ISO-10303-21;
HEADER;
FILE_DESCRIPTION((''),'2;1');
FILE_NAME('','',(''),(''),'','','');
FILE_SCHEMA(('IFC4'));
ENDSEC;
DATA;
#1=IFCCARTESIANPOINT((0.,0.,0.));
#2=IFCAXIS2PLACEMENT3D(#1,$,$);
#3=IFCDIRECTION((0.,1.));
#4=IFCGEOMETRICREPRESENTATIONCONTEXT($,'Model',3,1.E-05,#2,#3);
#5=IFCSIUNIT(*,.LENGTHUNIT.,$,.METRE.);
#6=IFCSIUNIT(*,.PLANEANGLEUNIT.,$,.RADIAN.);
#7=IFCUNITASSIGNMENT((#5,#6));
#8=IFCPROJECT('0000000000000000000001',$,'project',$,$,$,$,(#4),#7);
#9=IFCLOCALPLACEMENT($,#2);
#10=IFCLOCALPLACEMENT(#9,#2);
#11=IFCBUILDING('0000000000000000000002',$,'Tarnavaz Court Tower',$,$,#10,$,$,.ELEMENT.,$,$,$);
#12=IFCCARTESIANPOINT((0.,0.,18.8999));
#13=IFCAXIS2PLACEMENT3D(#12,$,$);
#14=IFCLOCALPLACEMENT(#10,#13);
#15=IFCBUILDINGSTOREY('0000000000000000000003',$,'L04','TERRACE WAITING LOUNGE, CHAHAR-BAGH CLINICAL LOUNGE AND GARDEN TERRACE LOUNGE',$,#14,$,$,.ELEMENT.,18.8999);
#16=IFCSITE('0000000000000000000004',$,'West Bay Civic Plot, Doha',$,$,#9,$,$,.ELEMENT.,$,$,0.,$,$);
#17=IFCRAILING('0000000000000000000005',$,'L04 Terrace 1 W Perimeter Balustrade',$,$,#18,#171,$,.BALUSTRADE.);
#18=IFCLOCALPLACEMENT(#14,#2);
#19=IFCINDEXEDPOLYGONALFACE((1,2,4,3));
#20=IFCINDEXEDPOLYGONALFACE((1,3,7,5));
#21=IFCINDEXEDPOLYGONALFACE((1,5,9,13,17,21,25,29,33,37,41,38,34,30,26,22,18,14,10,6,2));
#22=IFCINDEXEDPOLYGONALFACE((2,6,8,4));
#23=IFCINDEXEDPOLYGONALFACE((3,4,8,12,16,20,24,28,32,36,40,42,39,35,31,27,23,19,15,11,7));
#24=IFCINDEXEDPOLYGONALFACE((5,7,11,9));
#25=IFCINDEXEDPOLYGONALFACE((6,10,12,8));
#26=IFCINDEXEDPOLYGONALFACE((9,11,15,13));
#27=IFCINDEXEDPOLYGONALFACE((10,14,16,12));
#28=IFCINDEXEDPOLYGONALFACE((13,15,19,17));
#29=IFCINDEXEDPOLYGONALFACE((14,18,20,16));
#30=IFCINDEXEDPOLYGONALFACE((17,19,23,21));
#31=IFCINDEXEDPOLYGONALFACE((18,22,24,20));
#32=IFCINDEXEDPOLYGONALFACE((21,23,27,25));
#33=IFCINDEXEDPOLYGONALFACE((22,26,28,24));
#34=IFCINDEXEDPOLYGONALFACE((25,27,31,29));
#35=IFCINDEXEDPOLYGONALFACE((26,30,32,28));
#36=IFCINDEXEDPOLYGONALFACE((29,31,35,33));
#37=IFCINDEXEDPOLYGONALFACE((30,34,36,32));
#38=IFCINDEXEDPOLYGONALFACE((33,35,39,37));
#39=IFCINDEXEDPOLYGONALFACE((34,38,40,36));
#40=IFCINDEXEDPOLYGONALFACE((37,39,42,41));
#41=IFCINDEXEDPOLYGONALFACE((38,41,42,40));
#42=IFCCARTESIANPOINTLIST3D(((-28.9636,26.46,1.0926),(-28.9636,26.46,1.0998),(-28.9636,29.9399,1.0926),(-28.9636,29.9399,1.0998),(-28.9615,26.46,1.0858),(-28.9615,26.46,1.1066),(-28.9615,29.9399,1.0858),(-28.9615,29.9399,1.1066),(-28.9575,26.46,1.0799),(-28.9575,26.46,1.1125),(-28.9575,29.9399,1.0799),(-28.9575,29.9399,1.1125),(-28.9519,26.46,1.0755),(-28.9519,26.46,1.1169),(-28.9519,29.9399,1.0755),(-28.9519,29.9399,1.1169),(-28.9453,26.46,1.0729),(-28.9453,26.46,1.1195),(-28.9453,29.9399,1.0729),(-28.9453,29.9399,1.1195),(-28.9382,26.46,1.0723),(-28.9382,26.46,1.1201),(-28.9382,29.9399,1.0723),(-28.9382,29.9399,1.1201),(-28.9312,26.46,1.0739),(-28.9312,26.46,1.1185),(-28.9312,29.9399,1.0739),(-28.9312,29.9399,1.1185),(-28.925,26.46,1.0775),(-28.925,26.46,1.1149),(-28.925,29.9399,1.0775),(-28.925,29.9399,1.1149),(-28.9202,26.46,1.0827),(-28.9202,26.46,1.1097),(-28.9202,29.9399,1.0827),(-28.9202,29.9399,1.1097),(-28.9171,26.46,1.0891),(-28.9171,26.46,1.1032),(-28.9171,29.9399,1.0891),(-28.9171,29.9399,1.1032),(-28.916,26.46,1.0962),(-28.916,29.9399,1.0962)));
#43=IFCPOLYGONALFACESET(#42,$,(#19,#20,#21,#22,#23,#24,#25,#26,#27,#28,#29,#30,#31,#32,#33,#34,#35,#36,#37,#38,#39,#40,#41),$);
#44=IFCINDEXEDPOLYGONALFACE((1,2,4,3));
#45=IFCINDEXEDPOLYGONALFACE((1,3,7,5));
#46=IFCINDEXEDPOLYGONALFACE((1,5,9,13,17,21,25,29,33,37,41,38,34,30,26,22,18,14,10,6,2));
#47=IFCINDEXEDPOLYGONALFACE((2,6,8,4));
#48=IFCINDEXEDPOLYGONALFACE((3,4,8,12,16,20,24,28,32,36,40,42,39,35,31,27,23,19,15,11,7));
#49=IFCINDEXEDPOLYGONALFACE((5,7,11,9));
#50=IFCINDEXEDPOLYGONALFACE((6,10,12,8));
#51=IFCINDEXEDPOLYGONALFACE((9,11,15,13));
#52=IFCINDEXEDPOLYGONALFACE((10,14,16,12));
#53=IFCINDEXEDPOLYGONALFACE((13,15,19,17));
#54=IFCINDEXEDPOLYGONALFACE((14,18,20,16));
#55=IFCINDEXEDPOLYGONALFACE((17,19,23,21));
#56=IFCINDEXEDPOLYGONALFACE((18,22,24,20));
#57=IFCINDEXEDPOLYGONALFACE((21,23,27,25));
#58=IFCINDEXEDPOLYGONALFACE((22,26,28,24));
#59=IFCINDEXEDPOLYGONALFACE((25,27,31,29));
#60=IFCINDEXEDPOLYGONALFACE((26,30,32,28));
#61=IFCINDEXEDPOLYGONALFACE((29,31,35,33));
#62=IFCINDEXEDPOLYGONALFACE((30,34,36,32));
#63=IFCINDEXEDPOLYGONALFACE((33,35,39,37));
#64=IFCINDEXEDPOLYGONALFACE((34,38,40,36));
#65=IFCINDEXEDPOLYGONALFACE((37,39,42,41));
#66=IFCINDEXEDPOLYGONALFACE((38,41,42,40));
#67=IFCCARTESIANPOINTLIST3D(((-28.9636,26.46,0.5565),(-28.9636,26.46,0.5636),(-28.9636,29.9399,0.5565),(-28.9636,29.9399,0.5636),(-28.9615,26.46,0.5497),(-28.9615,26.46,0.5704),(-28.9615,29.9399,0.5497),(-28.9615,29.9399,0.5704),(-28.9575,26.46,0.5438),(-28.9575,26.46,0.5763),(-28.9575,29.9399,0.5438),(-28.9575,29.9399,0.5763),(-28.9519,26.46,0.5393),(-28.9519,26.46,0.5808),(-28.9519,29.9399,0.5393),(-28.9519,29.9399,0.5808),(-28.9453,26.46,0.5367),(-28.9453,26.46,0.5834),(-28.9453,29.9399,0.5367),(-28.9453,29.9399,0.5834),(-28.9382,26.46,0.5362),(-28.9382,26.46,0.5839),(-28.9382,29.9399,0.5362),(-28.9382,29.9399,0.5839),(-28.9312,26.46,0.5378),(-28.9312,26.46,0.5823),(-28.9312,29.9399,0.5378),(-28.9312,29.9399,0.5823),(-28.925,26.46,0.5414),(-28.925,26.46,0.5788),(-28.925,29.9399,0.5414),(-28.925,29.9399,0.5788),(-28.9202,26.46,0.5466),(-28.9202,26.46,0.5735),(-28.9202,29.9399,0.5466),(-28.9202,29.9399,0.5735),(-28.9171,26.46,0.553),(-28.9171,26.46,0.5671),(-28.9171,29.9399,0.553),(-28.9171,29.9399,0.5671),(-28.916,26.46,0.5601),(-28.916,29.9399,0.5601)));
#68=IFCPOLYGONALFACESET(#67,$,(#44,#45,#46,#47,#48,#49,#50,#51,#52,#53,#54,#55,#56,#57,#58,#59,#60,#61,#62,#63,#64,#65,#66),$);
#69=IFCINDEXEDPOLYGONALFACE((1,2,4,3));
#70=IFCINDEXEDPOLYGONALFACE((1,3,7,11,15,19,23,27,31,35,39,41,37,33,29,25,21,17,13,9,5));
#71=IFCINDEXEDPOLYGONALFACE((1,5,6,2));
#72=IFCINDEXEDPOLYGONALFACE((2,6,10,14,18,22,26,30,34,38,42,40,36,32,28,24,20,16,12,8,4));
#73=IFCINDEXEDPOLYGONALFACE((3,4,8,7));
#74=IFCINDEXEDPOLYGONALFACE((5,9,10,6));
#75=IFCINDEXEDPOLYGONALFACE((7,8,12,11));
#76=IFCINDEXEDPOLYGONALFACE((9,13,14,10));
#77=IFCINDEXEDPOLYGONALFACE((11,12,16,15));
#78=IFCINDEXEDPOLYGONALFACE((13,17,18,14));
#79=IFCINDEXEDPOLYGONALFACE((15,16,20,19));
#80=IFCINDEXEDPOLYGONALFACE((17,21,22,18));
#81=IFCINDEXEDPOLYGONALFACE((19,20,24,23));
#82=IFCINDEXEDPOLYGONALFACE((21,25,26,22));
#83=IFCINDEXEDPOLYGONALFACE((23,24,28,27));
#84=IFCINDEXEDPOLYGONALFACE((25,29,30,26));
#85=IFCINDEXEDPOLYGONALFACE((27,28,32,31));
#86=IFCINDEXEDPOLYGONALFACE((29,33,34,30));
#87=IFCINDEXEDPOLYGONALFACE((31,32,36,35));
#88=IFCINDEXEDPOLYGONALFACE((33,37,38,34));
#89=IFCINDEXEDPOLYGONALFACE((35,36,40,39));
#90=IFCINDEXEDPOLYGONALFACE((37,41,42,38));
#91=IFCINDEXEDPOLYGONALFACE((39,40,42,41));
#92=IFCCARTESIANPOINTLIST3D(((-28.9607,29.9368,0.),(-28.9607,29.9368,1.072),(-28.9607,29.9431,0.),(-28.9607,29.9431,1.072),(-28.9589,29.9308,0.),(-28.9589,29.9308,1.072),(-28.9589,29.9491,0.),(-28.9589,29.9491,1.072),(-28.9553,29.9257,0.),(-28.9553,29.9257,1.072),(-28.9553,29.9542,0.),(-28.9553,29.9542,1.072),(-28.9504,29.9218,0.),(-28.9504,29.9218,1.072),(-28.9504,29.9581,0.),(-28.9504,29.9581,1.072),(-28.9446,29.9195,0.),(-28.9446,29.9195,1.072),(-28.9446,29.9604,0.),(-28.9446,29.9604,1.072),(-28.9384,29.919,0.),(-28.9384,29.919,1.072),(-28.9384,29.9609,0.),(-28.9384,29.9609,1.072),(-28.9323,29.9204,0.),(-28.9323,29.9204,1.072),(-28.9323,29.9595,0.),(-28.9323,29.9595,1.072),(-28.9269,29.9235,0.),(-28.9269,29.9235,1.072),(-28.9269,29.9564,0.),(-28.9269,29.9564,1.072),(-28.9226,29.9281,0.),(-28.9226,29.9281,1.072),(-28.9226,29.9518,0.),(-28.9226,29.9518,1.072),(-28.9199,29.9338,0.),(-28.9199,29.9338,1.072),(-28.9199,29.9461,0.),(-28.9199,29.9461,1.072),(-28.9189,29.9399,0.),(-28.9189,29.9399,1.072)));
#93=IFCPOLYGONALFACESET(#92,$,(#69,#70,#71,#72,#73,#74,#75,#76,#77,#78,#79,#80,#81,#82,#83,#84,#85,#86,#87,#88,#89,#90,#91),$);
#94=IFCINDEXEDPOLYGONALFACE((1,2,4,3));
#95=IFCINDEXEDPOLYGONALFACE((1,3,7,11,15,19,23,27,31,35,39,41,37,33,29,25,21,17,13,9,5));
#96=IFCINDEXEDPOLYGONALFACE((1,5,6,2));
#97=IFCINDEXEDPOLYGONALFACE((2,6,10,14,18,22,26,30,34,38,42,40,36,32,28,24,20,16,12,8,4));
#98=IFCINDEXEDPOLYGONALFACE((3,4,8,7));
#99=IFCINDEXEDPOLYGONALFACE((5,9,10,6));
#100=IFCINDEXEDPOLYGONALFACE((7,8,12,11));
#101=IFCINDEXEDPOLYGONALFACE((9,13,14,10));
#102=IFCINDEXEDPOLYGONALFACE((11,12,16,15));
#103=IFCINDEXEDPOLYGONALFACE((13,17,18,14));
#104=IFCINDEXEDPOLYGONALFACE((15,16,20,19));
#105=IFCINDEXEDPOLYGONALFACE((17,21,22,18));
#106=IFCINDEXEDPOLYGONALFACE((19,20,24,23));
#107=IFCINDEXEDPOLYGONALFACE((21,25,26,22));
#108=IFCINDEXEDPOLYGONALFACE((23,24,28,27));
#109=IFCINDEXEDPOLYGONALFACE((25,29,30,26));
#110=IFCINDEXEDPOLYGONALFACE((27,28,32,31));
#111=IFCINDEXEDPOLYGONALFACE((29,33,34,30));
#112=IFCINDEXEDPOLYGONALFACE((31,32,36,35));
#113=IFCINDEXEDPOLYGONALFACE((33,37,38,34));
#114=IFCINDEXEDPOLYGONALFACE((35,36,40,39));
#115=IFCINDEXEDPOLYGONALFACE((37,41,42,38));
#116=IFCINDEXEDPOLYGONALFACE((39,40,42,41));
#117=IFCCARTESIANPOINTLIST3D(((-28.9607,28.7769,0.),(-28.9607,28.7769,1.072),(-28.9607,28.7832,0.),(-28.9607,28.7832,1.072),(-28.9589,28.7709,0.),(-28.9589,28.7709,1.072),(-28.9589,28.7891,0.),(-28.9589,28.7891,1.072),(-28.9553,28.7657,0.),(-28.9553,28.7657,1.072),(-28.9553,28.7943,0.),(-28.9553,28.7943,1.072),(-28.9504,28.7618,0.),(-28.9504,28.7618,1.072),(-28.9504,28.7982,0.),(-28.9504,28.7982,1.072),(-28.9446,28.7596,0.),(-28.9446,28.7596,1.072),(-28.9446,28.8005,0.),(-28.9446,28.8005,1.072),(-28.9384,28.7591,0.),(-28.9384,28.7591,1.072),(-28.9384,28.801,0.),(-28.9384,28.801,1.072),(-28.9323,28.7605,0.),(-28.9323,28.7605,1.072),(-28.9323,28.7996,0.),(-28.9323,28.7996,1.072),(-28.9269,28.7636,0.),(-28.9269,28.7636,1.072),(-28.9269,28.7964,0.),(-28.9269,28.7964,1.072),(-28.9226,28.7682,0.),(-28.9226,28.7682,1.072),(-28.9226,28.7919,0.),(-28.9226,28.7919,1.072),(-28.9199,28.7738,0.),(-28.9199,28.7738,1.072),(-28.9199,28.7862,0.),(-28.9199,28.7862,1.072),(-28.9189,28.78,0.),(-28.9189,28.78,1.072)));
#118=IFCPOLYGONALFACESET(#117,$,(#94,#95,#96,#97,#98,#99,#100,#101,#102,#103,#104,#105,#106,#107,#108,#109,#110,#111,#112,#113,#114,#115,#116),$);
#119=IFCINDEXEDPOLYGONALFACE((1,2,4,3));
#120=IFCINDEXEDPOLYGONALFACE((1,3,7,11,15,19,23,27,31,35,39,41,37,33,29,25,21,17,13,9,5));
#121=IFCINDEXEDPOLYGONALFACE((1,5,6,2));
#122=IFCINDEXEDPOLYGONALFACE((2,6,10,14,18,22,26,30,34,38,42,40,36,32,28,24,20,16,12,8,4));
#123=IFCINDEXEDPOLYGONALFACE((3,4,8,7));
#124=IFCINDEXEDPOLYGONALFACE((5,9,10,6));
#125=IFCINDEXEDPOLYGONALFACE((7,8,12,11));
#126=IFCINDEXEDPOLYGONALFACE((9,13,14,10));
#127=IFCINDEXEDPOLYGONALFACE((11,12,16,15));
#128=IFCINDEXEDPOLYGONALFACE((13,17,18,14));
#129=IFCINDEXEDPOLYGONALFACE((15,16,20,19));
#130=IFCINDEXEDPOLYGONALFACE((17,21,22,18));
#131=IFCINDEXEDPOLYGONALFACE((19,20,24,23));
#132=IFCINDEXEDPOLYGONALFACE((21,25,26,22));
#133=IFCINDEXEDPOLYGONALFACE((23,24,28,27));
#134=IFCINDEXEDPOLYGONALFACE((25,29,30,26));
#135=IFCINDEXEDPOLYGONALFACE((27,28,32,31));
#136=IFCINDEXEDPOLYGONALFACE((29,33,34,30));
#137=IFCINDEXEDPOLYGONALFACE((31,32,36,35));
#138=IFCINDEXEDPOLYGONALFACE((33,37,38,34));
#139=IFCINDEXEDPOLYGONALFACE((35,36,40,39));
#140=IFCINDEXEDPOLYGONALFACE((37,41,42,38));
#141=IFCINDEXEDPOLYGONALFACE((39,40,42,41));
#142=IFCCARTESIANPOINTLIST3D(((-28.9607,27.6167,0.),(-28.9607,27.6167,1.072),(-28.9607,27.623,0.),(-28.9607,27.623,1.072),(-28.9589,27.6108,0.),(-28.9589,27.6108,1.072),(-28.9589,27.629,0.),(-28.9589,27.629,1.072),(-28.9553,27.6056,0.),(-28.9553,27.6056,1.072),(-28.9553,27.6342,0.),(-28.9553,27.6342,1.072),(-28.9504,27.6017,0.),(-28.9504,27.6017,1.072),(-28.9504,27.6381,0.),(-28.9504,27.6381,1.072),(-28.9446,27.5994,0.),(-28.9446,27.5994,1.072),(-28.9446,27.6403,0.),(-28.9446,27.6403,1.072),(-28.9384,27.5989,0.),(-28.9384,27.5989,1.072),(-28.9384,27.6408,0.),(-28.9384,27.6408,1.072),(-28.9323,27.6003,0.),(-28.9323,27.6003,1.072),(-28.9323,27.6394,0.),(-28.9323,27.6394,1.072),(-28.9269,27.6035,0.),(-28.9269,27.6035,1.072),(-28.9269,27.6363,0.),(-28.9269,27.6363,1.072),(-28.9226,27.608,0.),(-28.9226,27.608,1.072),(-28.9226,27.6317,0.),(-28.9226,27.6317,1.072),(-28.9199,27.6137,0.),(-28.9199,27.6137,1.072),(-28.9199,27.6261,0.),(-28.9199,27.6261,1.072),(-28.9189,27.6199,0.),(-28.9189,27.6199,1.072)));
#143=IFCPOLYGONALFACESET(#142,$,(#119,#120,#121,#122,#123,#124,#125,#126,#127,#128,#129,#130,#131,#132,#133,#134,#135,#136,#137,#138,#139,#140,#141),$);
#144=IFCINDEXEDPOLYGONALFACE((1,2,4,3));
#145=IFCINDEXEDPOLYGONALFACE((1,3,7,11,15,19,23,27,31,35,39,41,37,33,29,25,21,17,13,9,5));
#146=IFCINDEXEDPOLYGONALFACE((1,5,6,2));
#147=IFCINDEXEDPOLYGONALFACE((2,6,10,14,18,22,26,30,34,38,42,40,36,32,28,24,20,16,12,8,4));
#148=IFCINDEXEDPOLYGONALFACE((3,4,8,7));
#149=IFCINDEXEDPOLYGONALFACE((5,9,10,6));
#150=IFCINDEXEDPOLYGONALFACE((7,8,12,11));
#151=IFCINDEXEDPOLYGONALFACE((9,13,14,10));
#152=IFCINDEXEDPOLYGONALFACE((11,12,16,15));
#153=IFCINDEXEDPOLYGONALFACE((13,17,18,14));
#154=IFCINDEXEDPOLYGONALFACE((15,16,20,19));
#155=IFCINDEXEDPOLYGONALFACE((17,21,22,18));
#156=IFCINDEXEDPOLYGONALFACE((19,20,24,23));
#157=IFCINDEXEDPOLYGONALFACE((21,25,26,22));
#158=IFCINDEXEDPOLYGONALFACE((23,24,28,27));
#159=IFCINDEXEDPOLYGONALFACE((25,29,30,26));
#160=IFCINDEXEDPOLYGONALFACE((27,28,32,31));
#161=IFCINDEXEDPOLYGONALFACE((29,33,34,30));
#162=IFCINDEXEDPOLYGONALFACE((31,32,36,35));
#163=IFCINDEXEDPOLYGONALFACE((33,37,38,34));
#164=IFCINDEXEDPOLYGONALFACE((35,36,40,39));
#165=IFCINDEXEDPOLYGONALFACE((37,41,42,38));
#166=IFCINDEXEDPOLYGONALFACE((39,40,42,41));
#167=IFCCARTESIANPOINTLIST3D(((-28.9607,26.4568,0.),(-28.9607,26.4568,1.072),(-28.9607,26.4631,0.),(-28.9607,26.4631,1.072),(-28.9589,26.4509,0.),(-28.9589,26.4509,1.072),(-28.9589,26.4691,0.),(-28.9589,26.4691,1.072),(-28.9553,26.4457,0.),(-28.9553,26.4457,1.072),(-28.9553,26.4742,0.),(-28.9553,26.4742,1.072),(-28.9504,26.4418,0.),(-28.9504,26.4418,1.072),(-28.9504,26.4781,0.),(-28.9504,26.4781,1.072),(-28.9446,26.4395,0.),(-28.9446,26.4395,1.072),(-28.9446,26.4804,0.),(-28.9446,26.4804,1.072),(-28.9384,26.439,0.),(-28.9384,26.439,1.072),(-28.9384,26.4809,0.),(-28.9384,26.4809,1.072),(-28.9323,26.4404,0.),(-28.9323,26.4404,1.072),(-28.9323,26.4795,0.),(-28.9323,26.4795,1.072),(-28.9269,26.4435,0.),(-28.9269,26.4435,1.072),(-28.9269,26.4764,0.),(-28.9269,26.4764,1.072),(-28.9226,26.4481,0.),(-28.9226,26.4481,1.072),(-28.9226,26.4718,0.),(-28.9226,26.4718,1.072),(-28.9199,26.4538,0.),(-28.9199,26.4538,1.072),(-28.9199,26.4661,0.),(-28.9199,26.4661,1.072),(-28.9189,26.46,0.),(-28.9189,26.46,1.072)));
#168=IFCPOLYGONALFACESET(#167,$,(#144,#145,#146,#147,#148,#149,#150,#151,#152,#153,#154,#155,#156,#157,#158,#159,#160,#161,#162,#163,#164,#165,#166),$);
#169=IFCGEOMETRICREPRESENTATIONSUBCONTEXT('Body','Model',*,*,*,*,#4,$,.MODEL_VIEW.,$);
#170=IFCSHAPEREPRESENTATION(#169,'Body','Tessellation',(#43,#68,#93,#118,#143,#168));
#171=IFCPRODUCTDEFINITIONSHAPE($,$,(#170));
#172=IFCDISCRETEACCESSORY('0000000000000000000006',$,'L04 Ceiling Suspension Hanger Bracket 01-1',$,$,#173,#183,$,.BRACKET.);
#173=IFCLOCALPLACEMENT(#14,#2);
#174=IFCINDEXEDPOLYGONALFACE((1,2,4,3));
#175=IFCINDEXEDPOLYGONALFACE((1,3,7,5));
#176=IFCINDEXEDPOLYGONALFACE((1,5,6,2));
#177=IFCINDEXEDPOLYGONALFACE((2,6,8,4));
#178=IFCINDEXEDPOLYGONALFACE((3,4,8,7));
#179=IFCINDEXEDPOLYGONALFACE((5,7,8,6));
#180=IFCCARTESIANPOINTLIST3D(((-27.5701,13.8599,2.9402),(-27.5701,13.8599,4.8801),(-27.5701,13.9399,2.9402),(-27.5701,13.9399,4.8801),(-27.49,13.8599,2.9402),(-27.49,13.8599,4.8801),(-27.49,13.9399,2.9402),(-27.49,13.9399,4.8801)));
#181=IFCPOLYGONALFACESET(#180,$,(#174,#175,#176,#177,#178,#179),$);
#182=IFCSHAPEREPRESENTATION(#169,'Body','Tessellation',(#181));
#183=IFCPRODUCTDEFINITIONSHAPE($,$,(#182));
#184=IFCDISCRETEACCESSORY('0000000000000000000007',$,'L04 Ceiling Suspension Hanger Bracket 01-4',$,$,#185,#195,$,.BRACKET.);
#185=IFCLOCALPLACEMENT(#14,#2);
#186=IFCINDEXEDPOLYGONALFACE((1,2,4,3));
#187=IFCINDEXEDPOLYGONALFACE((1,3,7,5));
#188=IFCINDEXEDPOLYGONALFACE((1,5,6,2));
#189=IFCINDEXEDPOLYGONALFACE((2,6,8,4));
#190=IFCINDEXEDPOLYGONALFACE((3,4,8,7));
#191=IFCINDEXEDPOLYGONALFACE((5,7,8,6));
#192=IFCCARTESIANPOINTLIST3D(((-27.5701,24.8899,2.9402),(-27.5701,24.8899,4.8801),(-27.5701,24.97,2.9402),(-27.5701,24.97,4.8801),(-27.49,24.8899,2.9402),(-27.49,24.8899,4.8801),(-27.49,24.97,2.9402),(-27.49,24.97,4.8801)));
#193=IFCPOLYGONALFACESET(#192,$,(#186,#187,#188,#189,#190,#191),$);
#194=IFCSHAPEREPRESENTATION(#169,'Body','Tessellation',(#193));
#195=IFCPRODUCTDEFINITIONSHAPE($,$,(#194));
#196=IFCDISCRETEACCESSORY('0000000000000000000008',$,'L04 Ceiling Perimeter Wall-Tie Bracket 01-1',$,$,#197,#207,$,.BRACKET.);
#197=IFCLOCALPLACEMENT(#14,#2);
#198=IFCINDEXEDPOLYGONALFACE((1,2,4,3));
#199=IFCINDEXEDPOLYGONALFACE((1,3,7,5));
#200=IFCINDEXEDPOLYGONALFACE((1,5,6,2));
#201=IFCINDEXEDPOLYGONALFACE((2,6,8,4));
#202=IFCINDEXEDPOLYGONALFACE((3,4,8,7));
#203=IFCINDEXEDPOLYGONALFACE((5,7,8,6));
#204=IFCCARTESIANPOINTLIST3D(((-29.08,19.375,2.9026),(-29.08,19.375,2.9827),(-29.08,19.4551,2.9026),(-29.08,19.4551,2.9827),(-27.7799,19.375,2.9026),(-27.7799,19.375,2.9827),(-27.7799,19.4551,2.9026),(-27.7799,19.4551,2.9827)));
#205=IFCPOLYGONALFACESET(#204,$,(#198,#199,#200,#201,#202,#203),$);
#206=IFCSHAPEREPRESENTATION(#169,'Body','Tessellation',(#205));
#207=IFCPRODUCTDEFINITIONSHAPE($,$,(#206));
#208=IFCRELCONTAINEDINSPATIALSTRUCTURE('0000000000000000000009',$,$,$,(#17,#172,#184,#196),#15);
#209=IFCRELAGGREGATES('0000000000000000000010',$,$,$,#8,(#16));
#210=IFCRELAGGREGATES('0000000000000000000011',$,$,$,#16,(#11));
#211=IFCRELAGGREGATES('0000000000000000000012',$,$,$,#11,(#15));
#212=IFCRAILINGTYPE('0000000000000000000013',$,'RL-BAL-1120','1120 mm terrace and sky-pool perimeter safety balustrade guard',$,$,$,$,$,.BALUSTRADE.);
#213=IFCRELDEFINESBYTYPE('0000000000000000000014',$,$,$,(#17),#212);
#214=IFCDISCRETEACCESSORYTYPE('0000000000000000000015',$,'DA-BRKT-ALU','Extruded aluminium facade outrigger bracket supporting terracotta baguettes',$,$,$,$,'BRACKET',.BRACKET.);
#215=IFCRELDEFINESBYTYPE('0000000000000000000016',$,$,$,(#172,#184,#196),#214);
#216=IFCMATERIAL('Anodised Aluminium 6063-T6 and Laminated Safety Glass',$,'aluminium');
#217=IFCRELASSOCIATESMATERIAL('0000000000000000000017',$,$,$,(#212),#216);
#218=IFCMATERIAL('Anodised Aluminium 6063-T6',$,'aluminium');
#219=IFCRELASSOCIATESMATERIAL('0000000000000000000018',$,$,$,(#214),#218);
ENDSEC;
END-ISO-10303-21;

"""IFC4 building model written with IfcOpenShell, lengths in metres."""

from ifc_helpers import new_model, si_unit, direction, frame, origin, origin_2d, place, context, subcontext, project, spatial, rectangle, circle, extrude, material, type_object, element, save


model = new_model("IFC4")

# Units and contexts
model_context = context("Model", 3, precision=1e-05, world=origin(), true_north=direction((0.0, 1.0)))
body_context = subcontext(model_context, "Body", "Model", "MODEL_VIEW")
ifc_project = project(units=[si_unit("LENGTHUNIT", "METRE"), si_unit("PLANEANGLEUNIT", "RADIAN")], contexts=[model_context])

# Site, building, storey
site_placement = place(None, origin())
site = spatial("IfcSite", under=ifc_project, at=site_placement, Name="West Bay Civic Plot, Doha", CompositionType="ELEMENT", RefElevation=0.0)
building_placement = place(site_placement, origin())
building = spatial("IfcBuilding", under=site, at=building_placement, Name="Tarnavaz Court Tower", CompositionType="ELEMENT")
storey_placement = place(building_placement, frame((0.0, 0.0, 18.8999)))
storey = spatial("IfcBuildingStorey", under=building, at=storey_placement, Name="L04", Description="TERRACE WAITING LOUNGE, CHAHAR-BAGH CLINICAL LOUNGE AND GARDEN TERRACE LOUNGE", CompositionType="ELEMENT", Elevation=18.8999)

# Railing
ifc_material_1 = material(Name="Anodised Aluminium 6063-T6 and Laminated Safety Glass", Category="aluminium")
railing_type = type_object("IfcRailingType", Name="RL-BAL-1120", Description="1120 mm terrace and sky-pool perimeter safety balustrade guard", PredefinedType="BALUSTRADE", material=ifc_material_1)
railing_placement = place(storey_placement, frame((-28.9399, 29.9399, 0.0)))
element("IfcRailing", 1, at=railing_placement, inside=storey, type_object=railing_type, Name="L04 Terrace 1 W Perimeter Balustrade", PredefinedType="BALUSTRADE", context=body_context, shape_type="SweptSolid", body=[
    extrude(circle(Radius=0.0239, at=origin_2d()), frame((0.0, 0.0, 1.0962), z_axis=(0.0, -1.0, 0.0), x_axis=(1.0, 0.0, 0.0)), (0.0, 0.0, 1.0), 3.48),
    extrude(circle(Radius=0.0239, at=origin_2d()), frame((0.0, 0.0, 0.5601), z_axis=(0.0, -1.0, 0.0), x_axis=(1.0, 0.0, 0.0)), (0.0, 0.0, 1.0), 3.48),
    extrude(circle(Radius=0.021, at=origin_2d()), origin(), (0.0, 0.0, 1.0), 1.072),
    extrude(circle(Radius=0.021, at=origin_2d()), frame((0.0, -1.1599, 0.0)), (0.0, 0.0, 1.0), 1.072),
    extrude(circle(Radius=0.021, at=origin_2d()), frame((0.0, -2.3201, 0.0)), (0.0, 0.0, 1.0), 1.072),
    extrude(circle(Radius=0.021, at=origin_2d()), frame((0.0, -3.48, 0.0)), (0.0, 0.0, 1.0), 1.072),
])

# Discrete accessories
ifc_material_2 = material(Name="Anodised Aluminium 6063-T6", Category="aluminium")
discrete_accessory_type = type_object("IfcDiscreteAccessoryType", Name="DA-BRKT-ALU", Description="Extruded aluminium facade outrigger bracket supporting terracotta baguettes", ElementType="BRACKET", PredefinedType="BRACKET", material=ifc_material_2)
for number, where, z_axis, x_axis, name in (
    (2, (-27.53, 13.8999, 2.9402), (0.0, 0.0, 1.0), (1.0, 0.0, 0.0), "L04 Ceiling Suspension Hanger Bracket 01-1"),
    (3, (-27.53, 24.9299, 2.9402), (0.0, 0.0, 1.0), (1.0, 0.0, 0.0), "L04 Ceiling Suspension Hanger Bracket 01-4"),
):
    element("IfcDiscreteAccessory", number, at=place(storey_placement, frame(where, z_axis=z_axis, x_axis=x_axis)), inside=storey, type_object=discrete_accessory_type, Name=name, PredefinedType="BRACKET", context=body_context, shape_type="SweptSolid", body=[
        extrude(rectangle(XDim=0.0801, YDim=0.0801, at=origin_2d()), origin(), (0.0, 0.0, 1.0), 1.9399),
    ])
discrete_accessory_placement = place(storey_placement, frame((-28.4299, 19.415, 2.9026), z_axis=(0.0, 0.0, 1.0), x_axis=(1.0, 0.0, 0.0)))
element("IfcDiscreteAccessory", 4, at=discrete_accessory_placement, inside=storey, type_object=discrete_accessory_type, Name="L04 Ceiling Perimeter Wall-Tie Bracket 01-1", PredefinedType="BRACKET", context=body_context, shape_type="SweptSolid", body=[
    extrude(rectangle(XDim=1.3, YDim=0.0801, at=origin_2d()), origin(), (0.0, 0.0, 1.0), 0.0801),
])

save(model, "model.ifc")
